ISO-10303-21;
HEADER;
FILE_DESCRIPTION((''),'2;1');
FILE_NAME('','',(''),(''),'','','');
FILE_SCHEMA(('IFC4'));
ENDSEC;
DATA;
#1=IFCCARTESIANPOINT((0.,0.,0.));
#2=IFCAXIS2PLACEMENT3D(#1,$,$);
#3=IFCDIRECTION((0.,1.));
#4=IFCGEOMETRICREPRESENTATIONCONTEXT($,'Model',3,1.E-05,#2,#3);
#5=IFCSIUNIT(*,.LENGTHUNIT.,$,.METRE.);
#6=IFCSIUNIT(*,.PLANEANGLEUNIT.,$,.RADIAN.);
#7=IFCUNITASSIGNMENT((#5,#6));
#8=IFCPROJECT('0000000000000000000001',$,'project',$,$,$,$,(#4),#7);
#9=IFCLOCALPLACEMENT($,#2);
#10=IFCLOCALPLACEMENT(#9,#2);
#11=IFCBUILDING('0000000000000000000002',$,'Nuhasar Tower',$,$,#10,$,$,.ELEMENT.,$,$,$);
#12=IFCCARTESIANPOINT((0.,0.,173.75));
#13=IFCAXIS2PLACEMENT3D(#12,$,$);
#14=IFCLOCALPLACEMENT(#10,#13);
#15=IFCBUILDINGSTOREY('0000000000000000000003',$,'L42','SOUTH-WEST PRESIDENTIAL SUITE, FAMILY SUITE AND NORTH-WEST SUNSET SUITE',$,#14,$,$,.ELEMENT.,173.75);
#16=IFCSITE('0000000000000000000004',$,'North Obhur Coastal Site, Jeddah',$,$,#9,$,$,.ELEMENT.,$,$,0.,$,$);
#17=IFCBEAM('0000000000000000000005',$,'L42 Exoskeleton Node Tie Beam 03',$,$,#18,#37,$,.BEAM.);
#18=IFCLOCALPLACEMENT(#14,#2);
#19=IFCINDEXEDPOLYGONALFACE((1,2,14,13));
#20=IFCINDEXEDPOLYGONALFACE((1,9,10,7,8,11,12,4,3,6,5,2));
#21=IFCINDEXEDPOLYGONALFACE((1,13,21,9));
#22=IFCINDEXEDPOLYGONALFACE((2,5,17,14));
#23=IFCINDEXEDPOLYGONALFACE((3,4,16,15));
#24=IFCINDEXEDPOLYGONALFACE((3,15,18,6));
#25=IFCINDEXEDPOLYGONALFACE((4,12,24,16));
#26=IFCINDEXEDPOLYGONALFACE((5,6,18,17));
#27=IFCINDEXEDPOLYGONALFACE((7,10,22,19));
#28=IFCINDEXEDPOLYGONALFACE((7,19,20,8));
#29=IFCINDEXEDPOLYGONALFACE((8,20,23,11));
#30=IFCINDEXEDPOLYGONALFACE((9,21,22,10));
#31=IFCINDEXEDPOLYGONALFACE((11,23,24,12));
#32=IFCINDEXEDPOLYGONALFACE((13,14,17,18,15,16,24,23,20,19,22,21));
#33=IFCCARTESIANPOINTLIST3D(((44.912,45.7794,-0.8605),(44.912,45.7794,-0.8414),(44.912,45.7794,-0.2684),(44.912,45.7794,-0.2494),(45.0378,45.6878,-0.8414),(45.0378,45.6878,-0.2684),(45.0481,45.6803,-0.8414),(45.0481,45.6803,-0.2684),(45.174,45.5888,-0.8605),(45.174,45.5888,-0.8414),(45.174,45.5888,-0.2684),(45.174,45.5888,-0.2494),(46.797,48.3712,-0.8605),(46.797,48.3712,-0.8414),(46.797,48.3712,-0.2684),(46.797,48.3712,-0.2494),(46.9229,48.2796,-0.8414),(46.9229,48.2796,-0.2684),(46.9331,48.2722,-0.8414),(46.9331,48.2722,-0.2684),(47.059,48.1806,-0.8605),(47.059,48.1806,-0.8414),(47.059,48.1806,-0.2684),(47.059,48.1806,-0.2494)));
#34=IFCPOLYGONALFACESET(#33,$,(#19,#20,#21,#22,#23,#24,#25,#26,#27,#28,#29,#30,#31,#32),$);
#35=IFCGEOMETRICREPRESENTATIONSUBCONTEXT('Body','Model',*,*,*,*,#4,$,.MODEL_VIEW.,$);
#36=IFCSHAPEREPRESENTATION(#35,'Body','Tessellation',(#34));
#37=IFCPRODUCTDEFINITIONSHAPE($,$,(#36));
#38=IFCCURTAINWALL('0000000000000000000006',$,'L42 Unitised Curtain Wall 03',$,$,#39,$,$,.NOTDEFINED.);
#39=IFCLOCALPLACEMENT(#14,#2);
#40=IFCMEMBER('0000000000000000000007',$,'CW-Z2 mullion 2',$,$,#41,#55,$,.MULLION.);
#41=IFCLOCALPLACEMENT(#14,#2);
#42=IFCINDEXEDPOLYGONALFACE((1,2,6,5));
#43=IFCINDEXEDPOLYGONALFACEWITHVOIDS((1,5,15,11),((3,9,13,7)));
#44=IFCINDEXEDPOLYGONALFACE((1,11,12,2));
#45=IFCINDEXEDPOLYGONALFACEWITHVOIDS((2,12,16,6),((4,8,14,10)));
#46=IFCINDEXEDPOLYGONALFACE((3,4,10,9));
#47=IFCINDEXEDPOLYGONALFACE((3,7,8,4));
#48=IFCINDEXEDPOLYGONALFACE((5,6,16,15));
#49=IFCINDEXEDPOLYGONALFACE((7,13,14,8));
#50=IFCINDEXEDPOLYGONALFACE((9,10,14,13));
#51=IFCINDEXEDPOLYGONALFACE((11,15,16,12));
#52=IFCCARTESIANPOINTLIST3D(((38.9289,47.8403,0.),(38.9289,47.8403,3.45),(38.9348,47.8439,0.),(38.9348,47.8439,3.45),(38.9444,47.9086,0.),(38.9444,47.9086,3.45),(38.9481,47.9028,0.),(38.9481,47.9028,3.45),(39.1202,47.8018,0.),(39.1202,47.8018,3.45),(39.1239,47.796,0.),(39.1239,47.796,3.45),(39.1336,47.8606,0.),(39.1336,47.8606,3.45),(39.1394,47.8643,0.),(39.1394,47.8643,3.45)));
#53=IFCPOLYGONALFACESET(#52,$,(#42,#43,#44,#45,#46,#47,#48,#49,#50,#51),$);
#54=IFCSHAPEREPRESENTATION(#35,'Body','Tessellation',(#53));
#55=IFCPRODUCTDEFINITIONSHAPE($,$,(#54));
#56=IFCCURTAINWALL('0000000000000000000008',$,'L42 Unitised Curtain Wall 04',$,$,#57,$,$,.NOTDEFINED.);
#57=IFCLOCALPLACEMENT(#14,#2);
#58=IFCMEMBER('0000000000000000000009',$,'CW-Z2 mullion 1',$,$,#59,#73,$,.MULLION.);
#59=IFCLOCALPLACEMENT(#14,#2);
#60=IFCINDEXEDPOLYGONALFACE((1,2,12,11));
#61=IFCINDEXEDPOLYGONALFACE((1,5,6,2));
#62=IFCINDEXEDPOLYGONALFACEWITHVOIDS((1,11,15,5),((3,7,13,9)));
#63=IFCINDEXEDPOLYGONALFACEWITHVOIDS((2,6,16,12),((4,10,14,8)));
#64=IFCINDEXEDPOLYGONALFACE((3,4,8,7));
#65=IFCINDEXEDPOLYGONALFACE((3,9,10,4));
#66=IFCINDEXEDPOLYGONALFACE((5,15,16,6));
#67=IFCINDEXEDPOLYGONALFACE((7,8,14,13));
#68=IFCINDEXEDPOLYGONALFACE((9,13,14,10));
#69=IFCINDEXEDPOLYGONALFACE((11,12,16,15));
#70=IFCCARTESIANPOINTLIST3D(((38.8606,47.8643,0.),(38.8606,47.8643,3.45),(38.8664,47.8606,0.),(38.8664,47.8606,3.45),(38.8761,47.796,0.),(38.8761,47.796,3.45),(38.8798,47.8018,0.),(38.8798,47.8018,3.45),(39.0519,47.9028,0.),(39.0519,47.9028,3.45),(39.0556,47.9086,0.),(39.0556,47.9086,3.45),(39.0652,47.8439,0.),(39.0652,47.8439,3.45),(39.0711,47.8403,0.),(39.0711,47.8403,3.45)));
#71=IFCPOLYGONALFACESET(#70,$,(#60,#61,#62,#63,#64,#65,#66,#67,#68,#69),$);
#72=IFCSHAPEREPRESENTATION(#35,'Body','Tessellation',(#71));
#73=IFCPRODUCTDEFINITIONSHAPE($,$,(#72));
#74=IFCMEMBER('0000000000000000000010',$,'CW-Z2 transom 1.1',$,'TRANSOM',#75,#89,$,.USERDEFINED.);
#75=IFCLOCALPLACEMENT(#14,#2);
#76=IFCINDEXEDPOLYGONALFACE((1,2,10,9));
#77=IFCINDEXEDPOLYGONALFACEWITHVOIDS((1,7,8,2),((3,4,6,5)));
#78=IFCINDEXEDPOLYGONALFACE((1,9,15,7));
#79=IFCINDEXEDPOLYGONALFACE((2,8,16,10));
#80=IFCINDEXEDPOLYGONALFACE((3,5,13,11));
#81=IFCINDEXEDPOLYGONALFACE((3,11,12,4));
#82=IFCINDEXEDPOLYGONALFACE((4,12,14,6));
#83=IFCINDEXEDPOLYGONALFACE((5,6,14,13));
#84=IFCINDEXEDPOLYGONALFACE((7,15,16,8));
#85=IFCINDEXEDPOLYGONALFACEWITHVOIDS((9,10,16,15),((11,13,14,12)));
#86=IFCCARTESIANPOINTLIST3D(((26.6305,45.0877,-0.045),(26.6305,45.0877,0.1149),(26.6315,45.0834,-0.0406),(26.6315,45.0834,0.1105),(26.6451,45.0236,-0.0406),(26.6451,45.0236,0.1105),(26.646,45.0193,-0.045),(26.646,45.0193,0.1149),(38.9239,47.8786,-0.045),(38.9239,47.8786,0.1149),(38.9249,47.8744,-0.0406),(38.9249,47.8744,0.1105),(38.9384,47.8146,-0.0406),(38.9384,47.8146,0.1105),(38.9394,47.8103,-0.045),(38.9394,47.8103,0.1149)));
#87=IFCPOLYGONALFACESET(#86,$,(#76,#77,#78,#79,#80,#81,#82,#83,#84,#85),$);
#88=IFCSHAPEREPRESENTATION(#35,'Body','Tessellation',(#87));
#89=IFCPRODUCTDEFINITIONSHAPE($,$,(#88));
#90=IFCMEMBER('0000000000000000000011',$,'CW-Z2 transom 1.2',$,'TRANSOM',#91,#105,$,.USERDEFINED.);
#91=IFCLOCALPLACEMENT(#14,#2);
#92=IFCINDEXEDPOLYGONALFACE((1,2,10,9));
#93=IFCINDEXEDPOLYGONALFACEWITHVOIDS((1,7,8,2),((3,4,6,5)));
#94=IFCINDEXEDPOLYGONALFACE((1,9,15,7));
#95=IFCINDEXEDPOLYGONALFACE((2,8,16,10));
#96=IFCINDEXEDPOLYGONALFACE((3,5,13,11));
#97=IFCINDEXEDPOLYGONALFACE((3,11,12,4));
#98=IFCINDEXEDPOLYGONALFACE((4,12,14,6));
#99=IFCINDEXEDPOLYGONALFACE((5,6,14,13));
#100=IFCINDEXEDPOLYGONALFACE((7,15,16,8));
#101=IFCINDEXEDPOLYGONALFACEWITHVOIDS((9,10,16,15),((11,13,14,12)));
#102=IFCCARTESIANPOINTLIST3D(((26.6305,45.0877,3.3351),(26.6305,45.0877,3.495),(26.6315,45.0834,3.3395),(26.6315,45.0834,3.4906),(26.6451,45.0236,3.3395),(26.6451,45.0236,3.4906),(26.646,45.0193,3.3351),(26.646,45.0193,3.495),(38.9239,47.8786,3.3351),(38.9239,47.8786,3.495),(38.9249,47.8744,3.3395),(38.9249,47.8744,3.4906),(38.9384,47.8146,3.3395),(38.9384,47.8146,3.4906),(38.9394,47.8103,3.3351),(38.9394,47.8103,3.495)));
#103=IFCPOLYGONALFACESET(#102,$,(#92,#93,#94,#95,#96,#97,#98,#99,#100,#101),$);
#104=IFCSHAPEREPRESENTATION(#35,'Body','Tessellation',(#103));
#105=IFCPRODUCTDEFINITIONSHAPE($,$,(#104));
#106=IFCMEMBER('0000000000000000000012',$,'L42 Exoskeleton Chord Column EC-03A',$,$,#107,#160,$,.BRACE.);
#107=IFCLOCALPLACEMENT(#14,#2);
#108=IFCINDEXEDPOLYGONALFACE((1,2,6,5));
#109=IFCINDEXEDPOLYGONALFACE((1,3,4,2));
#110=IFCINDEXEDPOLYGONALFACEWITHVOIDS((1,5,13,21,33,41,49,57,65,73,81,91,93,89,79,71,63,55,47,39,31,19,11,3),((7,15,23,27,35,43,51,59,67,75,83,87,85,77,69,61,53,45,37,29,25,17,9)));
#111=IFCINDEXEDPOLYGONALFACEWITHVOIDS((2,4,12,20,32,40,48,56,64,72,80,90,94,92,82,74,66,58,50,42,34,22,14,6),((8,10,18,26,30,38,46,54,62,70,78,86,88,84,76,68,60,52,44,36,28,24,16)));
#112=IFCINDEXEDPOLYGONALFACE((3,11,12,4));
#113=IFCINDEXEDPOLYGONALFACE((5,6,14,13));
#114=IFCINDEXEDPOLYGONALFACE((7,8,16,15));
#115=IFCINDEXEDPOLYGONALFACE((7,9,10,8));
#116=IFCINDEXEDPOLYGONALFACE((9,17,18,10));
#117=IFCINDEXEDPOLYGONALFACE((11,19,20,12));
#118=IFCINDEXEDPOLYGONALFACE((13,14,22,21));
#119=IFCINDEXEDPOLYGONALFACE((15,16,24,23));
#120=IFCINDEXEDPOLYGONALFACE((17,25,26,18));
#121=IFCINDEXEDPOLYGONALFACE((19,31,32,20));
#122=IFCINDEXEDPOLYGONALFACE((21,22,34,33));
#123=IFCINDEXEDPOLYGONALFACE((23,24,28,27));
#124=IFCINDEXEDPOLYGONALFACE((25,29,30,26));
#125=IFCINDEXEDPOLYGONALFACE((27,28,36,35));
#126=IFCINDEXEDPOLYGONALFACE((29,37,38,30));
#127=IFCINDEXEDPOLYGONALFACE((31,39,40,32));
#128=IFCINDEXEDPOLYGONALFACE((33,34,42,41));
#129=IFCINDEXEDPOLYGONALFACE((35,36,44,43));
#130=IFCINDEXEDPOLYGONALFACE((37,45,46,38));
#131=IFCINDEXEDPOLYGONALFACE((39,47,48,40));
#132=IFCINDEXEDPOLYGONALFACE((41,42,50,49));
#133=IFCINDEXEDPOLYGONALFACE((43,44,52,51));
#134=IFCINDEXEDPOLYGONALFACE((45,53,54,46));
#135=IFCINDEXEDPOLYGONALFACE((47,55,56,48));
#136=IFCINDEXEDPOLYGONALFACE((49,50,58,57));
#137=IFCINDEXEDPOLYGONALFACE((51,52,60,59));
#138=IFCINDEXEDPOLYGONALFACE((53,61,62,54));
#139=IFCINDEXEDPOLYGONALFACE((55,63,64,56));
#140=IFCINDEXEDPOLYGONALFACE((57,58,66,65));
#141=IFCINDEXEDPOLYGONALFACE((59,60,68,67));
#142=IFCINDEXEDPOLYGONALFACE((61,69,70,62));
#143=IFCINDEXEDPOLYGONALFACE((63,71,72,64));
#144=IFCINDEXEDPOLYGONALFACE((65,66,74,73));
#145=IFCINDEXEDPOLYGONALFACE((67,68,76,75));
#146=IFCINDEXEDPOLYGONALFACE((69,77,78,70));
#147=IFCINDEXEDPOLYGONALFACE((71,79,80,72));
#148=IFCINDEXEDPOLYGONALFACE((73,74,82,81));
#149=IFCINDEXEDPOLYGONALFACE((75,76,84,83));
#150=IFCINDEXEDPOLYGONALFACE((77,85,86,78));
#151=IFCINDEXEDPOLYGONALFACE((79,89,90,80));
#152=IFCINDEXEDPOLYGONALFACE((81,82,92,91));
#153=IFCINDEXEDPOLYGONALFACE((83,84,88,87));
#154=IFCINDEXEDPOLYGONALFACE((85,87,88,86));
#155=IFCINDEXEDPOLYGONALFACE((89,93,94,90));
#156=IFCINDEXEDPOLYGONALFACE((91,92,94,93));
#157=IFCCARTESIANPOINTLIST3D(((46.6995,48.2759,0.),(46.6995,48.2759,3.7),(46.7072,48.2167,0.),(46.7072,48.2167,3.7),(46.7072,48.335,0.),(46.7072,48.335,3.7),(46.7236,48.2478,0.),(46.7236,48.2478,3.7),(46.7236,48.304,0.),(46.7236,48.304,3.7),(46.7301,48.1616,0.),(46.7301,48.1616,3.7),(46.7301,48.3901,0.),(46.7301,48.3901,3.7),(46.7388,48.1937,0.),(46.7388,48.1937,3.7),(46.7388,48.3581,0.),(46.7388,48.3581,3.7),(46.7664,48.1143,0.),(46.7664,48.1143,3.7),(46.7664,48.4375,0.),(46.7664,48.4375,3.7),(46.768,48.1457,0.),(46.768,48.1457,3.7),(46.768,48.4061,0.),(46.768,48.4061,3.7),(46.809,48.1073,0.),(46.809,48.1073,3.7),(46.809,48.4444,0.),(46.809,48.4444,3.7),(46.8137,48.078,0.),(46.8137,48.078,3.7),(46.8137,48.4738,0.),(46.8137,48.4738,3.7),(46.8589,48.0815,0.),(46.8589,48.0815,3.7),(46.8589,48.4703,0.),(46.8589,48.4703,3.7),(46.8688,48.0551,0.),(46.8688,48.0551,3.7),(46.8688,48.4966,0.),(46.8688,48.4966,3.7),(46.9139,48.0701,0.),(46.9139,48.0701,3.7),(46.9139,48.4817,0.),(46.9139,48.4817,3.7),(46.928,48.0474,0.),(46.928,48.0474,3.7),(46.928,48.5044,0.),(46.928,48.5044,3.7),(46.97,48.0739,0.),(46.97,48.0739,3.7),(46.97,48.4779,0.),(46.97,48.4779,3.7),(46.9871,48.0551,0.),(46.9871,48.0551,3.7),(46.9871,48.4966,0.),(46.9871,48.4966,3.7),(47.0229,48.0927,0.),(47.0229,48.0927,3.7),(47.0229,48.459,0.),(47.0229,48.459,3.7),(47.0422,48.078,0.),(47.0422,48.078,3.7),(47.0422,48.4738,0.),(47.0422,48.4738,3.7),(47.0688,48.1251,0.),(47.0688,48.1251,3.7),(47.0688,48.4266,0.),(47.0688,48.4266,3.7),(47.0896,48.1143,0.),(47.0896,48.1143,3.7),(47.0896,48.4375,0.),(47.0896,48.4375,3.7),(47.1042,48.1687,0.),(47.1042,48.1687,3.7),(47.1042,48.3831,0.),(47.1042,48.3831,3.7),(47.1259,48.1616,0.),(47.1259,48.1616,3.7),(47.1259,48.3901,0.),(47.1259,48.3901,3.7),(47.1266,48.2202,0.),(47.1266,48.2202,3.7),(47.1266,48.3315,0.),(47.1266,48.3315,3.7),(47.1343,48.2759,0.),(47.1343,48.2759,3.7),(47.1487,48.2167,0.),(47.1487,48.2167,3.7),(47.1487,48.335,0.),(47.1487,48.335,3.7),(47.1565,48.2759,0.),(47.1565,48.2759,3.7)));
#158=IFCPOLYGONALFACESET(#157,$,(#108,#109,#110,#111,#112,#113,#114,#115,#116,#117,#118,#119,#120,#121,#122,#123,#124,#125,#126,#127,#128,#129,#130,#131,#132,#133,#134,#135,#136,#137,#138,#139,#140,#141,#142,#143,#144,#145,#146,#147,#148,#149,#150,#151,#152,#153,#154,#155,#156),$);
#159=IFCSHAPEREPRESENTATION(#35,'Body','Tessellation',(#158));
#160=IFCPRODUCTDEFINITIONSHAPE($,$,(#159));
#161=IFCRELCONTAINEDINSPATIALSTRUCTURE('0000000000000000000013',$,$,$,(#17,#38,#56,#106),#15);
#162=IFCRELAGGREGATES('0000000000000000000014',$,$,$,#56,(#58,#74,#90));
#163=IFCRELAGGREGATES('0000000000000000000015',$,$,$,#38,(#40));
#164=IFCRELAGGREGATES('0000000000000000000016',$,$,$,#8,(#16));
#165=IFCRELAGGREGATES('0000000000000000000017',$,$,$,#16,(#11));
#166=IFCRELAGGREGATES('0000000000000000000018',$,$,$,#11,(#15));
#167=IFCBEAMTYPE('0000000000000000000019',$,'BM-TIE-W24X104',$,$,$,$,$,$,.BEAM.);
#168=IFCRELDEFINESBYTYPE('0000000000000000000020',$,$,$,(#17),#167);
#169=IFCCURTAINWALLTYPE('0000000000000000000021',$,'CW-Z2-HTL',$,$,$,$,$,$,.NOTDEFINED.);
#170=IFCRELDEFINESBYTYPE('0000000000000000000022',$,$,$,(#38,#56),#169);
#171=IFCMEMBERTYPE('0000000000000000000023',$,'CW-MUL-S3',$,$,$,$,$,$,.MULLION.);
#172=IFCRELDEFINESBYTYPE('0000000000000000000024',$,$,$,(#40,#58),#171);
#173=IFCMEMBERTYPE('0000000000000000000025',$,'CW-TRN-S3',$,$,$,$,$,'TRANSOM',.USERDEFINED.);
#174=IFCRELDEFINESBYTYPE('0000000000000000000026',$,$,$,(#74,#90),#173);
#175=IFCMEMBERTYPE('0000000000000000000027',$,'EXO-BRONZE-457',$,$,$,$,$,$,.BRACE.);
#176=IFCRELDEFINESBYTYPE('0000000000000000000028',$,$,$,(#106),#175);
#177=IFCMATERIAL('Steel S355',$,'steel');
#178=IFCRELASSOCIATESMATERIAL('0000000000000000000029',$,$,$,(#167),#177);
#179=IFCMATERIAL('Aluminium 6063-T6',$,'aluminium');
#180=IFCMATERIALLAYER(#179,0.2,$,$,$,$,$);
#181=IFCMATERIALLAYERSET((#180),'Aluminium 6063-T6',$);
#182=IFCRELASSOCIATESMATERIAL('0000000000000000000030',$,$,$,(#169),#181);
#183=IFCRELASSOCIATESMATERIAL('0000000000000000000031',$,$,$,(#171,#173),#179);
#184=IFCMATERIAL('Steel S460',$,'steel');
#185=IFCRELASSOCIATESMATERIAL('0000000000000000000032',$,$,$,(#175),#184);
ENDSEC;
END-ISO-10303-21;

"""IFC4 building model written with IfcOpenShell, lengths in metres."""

from ifc_helpers import new_model, si_unit, direction, frame, origin, origin_2d, place, context, subcontext, project, spatial, hollow_rectangle, hollow_circle, i_section, extrude, material, layer, layer_set, material_profile, profile_set, type_object, element, aggregate, save


model = new_model("IFC4")

# Units and contexts
model_context = context("Model", 3, precision=1e-05, world=origin(), true_north=direction((0.0, 1.0)))
body_context = subcontext(model_context, "Body", "Model", "MODEL_VIEW")
ifc_project = project(units=[si_unit("LENGTHUNIT", "METRE"), si_unit("PLANEANGLEUNIT", "RADIAN")], contexts=[model_context])

# Site, building, storey
site_placement = place(None, origin())
site = spatial("IfcSite", under=ifc_project, at=site_placement, Name="North Obhur Coastal Site, Jeddah", CompositionType="ELEMENT", RefElevation=0.0)
building_placement = place(site_placement, origin())
building = spatial("IfcBuilding", under=site, at=building_placement, Name="Nuhasar Tower", CompositionType="ELEMENT")
storey_placement = place(building_placement, frame((0.0, 0.0, 173.75)))
storey = spatial("IfcBuildingStorey", under=building, at=storey_placement, Name="L42", Description="SOUTH-WEST PRESIDENTIAL SUITE, FAMILY SUITE AND NORTH-WEST SUNSET SUITE", CompositionType="ELEMENT", Elevation=173.75)

# Beam
ifc_material_1 = material(Name="Steel S355", Category="steel")
ifc_material_profile_1 = material_profile(ifc_material_1, i_section(OverallWidth=0.324, OverallDepth=0.6111, WebThickness=0.0127, FlangeThickness=0.019, at=origin_2d()), Name="W24X104")
ifc_profile_set_1 = profile_set([ifc_material_profile_1], Name="Steel S355")
beam_type_1 = type_object("IfcBeamType", Name="BM-TIE-W24X104", PredefinedType="BEAM", material=ifc_profile_set_1)
beam_1_placement = place(storey_placement, frame((45.043, 45.6841, -0.5549), z_axis=(0.588185, 0.808726, 0.0), x_axis=(-0.808726, 0.588185, 0.0)))
element("IfcBeam", 1, at=beam_1_placement, inside=storey, type_object=beam_type_1, Name="L42 Exoskeleton Node Tie Beam 03", PredefinedType="BEAM", context=body_context, shape_type="SweptSolid", body=[
    extrude(i_section(OverallWidth=0.324, OverallDepth=0.6111, WebThickness=0.0127, FlangeThickness=0.019, at=origin_2d()), origin(), (0.0, 0.0, 1.0), 3.2048),
])

# Curtain wall, member
ifc_material_2 = material(Name="Aluminium 6063-T6", Category="aluminium")
ifc_layer_1 = layer(ifc_material_2, 0.2)
ifc_layer_set_1 = layer_set([ifc_layer_1], Name="Aluminium 6063-T6")
curtain_wall_type = type_object("IfcCurtainWallType", Name="CW-Z2-HTL", PredefinedType="NOTDEFINED", material=ifc_layer_set_1)
curtain_wall_1_placement = place(storey_placement, origin())
curtain_wall_1 = element("IfcCurtainWall", 2, at=curtain_wall_1_placement, inside=storey, type_object=curtain_wall_type, Name="L42 Unitised Curtain Wall 03", PredefinedType="NOTDEFINED")
ifc_material_profile_2 = material_profile(ifc_material_2, hollow_rectangle(XDim=0.0701, YDim=0.2, WallThickness=0.0049, at=origin_2d()), Name="CWM-3")
ifc_profile_set_2 = profile_set([ifc_material_profile_2], Name="Aluminium 6063-T6")
member_type_1 = type_object("IfcMemberType", Name="CW-MUL-S3", PredefinedType="MULLION", material=ifc_profile_set_2)
member_1_placement = place(storey_placement, frame((39.0342, 47.8523, 0.0), z_axis=(0.0, 0.0, 1.0), x_axis=(-0.221397, -0.975184, 0.0)))
member_1 = element("IfcMember", 3, at=member_1_placement, type_object=member_type_1, Name="CW-Z2 mullion 2", PredefinedType="MULLION", context=body_context, shape_type="SweptSolid", body=[
    extrude(hollow_rectangle(XDim=0.0701, YDim=0.2, WallThickness=0.0049, at=origin_2d()), origin(), (0.0, 0.0, 1.0), 3.45),
])

# Curtain wall, members
curtain_wall_2_placement = place(storey_placement, origin())
curtain_wall_2 = element("IfcCurtainWall", 4, at=curtain_wall_2_placement, inside=storey, type_object=curtain_wall_type, Name="L42 Unitised Curtain Wall 04", PredefinedType="NOTDEFINED")
member_2_placement = place(storey_placement, frame((38.9658, 47.8523, 0.0), z_axis=(0.0, 0.0, 1.0), x_axis=(0.221397, -0.975184, 0.0)))
member_2 = element("IfcMember", 5, at=member_2_placement, type_object=member_type_1, Name="CW-Z2 mullion 1", PredefinedType="MULLION", context=body_context, shape_type="SweptSolid", body=[
    extrude(hollow_rectangle(XDim=0.0701, YDim=0.2, WallThickness=0.0049, at=origin_2d()), origin(), (0.0, 0.0, 1.0), 3.45),
])
ifc_material_profile_3 = material_profile(ifc_material_2, hollow_rectangle(XDim=0.0701, YDim=0.1599, WallThickness=0.0044, at=origin_2d()), Name="CWT-3")
ifc_profile_set_3 = profile_set([ifc_material_profile_3], Name="Aluminium 6063-T6")
member_type_2 = type_object("IfcMemberType", Name="CW-TRN-S3", ElementType="TRANSOM", PredefinedType="USERDEFINED", material=ifc_profile_set_3)
member_3_placement = place(storey_placement, frame((38.9316, 47.8445, 0.0349), z_axis=(-0.975183, -0.221398, 0.0), x_axis=(0.221398, -0.975183, 0.0)))
member_3 = element("IfcMember", 6, at=member_3_placement, type_object=member_type_2, Name="CW-Z2 transom 1.1", ObjectType="TRANSOM", PredefinedType="USERDEFINED", context=body_context, shape_type="SweptSolid", body=[
    extrude(hollow_rectangle(XDim=0.0701, YDim=0.1599, WallThickness=0.0044, at=origin_2d()), origin(), (0.0, 0.0, 1.0), 12.6062),
])
member_4_placement = place(storey_placement, frame((38.9316, 47.8445, 3.415), z_axis=(-0.975183, -0.221398, 0.0), x_axis=(0.221398, -0.975183, 0.0)))
member_4 = element("IfcMember", 7, at=member_4_placement, type_object=member_type_2, Name="CW-Z2 transom 1.2", ObjectType="TRANSOM", PredefinedType="USERDEFINED", context=body_context, shape_type="SweptSolid", body=[
    extrude(hollow_rectangle(XDim=0.0701, YDim=0.1599, WallThickness=0.0044, at=origin_2d()), origin(), (0.0, 0.0, 1.0), 12.6062),
])
aggregate(curtain_wall_2, [member_2, member_3, member_4])

# Member
ifc_material_3 = material(Name="Steel S460", Category="steel")
ifc_material_profile_4 = material_profile(ifc_material_3, hollow_circle(Radius=0.2285, WallThickness=0.0222, at=origin_2d()), Name="HSS457X22.2")
ifc_profile_set_4 = profile_set([ifc_material_profile_4], Name="Steel S460")
member_type_3 = type_object("IfcMemberType", Name="EXO-BRONZE-457", PredefinedType="BRACE", material=ifc_profile_set_4)
for number, where, z_axis, x_axis, name in (
    (8, (46.928, 48.2759, 0.0), (0.0, 0.0, 1.0), (1.0, 0.0, 0.0), "L42 Exoskeleton Chord Column EC-03A"),
):
    element("IfcMember", number, at=place(storey_placement, frame(where, z_axis=z_axis, x_axis=x_axis)), inside=storey, type_object=member_type_3, Name=name, PredefinedType="BRACE", context=body_context, shape_type="SweptSolid", body=[
        extrude(hollow_circle(Radius=0.2285, WallThickness=0.0222, at=origin_2d()), origin(), (0.0, 0.0, 1.0), 3.7),
    ])

aggregate(curtain_wall_1, [member_1])

save(model, "model.ifc")
